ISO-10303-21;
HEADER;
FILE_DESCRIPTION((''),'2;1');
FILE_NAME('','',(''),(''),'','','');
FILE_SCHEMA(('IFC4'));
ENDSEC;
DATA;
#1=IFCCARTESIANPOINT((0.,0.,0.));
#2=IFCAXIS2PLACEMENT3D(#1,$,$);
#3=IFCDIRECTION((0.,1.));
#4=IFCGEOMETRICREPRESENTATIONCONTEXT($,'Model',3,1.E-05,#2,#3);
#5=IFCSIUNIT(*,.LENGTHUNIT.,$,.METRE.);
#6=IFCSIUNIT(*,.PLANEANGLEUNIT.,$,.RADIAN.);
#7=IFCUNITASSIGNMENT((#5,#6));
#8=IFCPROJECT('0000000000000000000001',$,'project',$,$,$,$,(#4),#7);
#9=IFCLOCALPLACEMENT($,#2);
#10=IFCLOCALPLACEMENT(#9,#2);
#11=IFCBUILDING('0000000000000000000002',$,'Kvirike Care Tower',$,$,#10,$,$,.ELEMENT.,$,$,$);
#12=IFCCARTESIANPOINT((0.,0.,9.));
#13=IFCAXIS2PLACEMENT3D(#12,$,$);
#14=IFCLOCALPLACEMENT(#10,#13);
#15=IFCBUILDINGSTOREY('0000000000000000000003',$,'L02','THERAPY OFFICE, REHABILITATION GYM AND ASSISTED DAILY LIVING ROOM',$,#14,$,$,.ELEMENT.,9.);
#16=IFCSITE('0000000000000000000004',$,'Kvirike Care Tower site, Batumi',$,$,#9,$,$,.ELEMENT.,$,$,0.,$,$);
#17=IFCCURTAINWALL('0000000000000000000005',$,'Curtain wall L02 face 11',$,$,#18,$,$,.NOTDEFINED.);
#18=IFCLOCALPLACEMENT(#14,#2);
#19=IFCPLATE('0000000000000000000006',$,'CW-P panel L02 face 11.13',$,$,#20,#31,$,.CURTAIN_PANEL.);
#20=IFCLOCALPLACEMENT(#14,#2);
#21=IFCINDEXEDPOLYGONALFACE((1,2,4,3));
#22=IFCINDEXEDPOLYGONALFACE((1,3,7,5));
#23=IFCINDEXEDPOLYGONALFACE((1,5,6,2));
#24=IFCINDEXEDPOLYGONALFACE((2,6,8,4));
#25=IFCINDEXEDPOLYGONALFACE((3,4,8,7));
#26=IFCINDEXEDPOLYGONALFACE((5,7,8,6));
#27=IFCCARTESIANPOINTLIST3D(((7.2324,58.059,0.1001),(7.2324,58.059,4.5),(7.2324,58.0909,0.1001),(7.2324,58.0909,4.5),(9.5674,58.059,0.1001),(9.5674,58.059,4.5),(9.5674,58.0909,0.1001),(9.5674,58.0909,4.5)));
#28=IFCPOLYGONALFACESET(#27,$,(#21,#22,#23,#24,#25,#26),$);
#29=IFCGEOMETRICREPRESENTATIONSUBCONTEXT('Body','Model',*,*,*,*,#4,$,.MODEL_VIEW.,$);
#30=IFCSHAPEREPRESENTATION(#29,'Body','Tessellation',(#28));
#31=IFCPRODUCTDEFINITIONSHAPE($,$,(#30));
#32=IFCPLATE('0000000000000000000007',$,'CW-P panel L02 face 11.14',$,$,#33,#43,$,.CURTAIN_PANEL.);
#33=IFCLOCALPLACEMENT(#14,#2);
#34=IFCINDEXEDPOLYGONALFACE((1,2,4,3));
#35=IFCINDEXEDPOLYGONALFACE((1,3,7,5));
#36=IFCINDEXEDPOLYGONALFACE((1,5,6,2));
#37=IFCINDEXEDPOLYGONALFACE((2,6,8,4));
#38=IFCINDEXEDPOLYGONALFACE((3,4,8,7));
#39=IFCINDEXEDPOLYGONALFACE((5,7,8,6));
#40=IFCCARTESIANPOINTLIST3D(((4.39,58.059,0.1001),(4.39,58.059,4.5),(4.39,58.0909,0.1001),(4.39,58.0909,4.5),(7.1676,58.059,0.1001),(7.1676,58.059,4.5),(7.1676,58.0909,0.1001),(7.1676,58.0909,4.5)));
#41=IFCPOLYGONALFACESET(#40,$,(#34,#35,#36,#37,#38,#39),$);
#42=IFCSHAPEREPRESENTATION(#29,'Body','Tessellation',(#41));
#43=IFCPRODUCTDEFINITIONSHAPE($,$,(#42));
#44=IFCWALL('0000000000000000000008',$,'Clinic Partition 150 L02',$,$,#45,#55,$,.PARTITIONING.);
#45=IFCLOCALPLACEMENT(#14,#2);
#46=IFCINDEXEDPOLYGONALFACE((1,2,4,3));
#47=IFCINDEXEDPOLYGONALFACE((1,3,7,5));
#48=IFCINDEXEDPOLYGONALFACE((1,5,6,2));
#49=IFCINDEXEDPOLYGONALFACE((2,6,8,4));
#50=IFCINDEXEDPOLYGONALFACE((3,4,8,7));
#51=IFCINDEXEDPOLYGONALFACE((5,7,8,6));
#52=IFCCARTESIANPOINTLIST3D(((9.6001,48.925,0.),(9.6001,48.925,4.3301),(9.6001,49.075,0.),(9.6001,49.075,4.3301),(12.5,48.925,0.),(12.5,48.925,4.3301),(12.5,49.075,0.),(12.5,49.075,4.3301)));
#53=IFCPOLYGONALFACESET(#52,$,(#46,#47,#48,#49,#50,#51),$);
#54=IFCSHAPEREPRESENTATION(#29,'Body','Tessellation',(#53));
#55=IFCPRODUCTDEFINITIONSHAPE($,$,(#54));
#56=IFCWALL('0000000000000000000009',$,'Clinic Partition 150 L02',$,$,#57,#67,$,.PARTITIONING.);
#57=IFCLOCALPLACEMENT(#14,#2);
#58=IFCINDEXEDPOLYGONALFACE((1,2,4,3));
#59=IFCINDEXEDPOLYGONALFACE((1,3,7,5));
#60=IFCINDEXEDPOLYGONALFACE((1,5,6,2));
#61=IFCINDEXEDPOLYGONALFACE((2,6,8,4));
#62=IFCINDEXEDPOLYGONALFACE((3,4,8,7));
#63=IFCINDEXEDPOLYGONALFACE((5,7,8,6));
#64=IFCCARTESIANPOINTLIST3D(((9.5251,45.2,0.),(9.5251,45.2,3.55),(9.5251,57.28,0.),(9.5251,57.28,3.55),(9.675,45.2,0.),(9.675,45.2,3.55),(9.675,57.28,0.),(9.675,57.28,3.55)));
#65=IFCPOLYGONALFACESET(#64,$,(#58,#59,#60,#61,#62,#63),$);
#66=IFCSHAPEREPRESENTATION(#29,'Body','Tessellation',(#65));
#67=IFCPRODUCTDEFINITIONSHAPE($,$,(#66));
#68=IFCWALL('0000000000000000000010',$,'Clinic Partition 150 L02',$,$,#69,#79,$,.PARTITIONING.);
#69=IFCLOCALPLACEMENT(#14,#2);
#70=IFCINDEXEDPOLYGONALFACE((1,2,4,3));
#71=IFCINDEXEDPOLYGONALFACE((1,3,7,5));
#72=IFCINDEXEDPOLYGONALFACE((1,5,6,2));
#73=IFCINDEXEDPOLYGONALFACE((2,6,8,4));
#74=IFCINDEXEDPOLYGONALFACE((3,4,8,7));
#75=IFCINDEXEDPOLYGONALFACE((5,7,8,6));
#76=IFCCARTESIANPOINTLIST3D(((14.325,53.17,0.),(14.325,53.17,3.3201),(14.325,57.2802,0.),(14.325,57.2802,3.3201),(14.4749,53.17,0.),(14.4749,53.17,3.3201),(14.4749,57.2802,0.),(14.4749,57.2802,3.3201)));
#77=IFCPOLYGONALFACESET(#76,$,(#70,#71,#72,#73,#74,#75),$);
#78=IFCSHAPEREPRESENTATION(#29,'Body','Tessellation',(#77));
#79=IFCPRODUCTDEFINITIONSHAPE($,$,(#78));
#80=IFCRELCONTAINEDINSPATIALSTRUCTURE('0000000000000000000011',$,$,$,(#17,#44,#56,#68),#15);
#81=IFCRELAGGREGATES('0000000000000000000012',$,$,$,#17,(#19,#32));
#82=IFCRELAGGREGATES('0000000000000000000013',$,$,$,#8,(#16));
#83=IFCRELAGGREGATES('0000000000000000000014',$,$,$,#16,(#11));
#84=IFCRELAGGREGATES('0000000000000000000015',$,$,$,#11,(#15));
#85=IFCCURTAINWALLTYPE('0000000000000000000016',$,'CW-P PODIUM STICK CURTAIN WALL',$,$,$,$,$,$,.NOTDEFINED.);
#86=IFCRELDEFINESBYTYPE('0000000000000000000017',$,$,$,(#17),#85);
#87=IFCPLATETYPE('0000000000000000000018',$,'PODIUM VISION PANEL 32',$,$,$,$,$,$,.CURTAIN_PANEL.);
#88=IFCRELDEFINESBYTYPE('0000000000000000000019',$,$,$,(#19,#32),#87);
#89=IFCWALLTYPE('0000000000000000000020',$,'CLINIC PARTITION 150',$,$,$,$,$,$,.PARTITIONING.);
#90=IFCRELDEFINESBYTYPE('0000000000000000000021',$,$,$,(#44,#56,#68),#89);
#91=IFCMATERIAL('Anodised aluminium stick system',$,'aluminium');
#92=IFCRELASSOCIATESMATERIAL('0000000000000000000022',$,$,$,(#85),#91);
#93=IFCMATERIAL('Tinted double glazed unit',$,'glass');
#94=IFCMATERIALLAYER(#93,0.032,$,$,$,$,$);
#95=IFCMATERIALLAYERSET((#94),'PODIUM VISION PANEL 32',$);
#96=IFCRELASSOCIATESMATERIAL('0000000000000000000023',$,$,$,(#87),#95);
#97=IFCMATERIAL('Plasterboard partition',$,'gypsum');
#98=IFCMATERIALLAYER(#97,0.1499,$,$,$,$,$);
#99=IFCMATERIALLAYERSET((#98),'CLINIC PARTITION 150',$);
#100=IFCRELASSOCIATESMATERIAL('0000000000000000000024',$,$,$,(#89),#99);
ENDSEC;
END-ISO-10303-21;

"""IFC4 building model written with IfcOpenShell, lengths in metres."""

from ifc_helpers import new_model, si_unit, direction, frame, frame_2d, origin, origin_2d, place, context, subcontext, project, spatial, rectangle, extrude, material, layer, layer_set, type_object, element, aggregate, save


model = new_model("IFC4")

# Units and contexts
model_context = context("Model", 3, precision=1e-05, world=origin(), true_north=direction((0.0, 1.0)))
body_context = subcontext(model_context, "Body", "Model", "MODEL_VIEW")
ifc_project = project(units=[si_unit("LENGTHUNIT", "METRE"), si_unit("PLANEANGLEUNIT", "RADIAN")], contexts=[model_context])

# Site, building, storey
site_placement = place(None, origin())
site = spatial("IfcSite", under=ifc_project, at=site_placement, Name="Kvirike Care Tower site, Batumi", CompositionType="ELEMENT", RefElevation=0.0)
building_placement = place(site_placement, origin())
building = spatial("IfcBuilding", under=site, at=building_placement, Name="Kvirike Care Tower", CompositionType="ELEMENT")
storey_placement = place(building_placement, frame((0.0, 0.0, 9.0)))
storey = spatial("IfcBuildingStorey", under=building, at=storey_placement, Name="L02", Description="THERAPY OFFICE, REHABILITATION GYM AND ASSISTED DAILY LIVING ROOM", CompositionType="ELEMENT", Elevation=9.0)

# Curtain wall
ifc_material_1 = material(Name="Anodised aluminium stick system", Category="aluminium")
curtain_wall_type = type_object("IfcCurtainWallType", Name="CW-P PODIUM STICK CURTAIN WALL", PredefinedType="NOTDEFINED", material=ifc_material_1)
curtain_wall_placement = place(storey_placement, origin())
curtain_wall = element("IfcCurtainWall", 1, at=curtain_wall_placement, inside=storey, type_object=curtain_wall_type, Name="Curtain wall L02 face 11", PredefinedType="NOTDEFINED")

# Plates
ifc_material_2 = material(Name="Tinted double glazed unit", Category="glass")
ifc_layer_1 = layer(ifc_material_2, 0.032)
ifc_layer_set_1 = layer_set([ifc_layer_1], Name="PODIUM VISION PANEL 32")
plate_type = type_object("IfcPlateType", Name="PODIUM VISION PANEL 32", PredefinedType="CURTAIN_PANEL", material=ifc_layer_set_1)
plate_1_placement = place(storey_placement, frame((8.3999, 58.075, 0.1001), z_axis=(0.0, 0.0, 1.0), x_axis=(-1.0, 0.0, 0.0)))
plate_1 = element("IfcPlate", 2, at=plate_1_placement, type_object=plate_type, Name="CW-P panel L02 face 11.13", PredefinedType="CURTAIN_PANEL", context=body_context, shape_type="SweptSolid", body=[
    extrude(rectangle(XDim=2.335, YDim=0.032, at=origin_2d()), origin(), (0.0, 0.0, 1.0), 4.3999),
])
plate_2_placement = place(storey_placement, frame((5.7788, 58.075, 0.1001), z_axis=(0.0, 0.0, 1.0), x_axis=(-1.0, 0.0, 0.0)))
plate_2 = element("IfcPlate", 3, at=plate_2_placement, type_object=plate_type, Name="CW-P panel L02 face 11.14", PredefinedType="CURTAIN_PANEL", context=body_context, shape_type="SweptSolid", body=[
    extrude(rectangle(XDim=2.7776, YDim=0.032, at=origin_2d()), origin(), (0.0, 0.0, 1.0), 4.3999),
])
aggregate(curtain_wall, [plate_1, plate_2])

# Walls
ifc_material_3 = material(Name="Plasterboard partition", Category="gypsum")
ifc_layer_2 = layer(ifc_material_3, 0.1499)
ifc_layer_set_2 = layer_set([ifc_layer_2], Name="CLINIC PARTITION 150")
wall_type = type_object("IfcWallType", Name="CLINIC PARTITION 150", PredefinedType="PARTITIONING", material=ifc_layer_set_2)
wall_1_placement = place(storey_placement, frame((12.5, 49.0, 0.0), z_axis=(0.0, 0.0, 1.0), x_axis=(-1.0, 0.0, 0.0)))
element("IfcWall", 4, at=wall_1_placement, inside=storey, type_object=wall_type, Name="Clinic Partition 150 L02", PredefinedType="PARTITIONING", context=body_context, shape_type="SweptSolid", body=[
    extrude(rectangle(XDim=2.8999, YDim=0.1499, at=frame_2d((1.45, 0.0))), origin(), (0.0, 0.0, 1.0), 4.3301),
])
wall_2_placement = place(storey_placement, frame((9.6001, 57.28, 0.0), z_axis=(0.0, 0.0, 1.0), x_axis=(0.0, -1.0, 0.0)))
element("IfcWall", 5, at=wall_2_placement, inside=storey, type_object=wall_type, Name="Clinic Partition 150 L02", PredefinedType="PARTITIONING", context=body_context, shape_type="SweptSolid", body=[
    extrude(rectangle(XDim=12.0801, YDim=0.1499, at=frame_2d((6.04, 0.0))), origin(), (0.0, 0.0, 1.0), 3.55),
])
wall_3_placement = place(storey_placement, frame((14.3999, 53.1699, 0.0), z_axis=(0.0, 0.0, 1.0), x_axis=(0.0, 1.0, 0.0)))
element("IfcWall", 6, at=wall_3_placement, inside=storey, type_object=wall_type, Name="Clinic Partition 150 L02", PredefinedType="PARTITIONING", context=body_context, shape_type="SweptSolid", body=[
    extrude(rectangle(XDim=4.1101, YDim=0.1499, at=frame_2d((2.0552, 0.0))), origin(), (0.0, 0.0, 1.0), 3.3201),
])

save(model, "model.ifc")
